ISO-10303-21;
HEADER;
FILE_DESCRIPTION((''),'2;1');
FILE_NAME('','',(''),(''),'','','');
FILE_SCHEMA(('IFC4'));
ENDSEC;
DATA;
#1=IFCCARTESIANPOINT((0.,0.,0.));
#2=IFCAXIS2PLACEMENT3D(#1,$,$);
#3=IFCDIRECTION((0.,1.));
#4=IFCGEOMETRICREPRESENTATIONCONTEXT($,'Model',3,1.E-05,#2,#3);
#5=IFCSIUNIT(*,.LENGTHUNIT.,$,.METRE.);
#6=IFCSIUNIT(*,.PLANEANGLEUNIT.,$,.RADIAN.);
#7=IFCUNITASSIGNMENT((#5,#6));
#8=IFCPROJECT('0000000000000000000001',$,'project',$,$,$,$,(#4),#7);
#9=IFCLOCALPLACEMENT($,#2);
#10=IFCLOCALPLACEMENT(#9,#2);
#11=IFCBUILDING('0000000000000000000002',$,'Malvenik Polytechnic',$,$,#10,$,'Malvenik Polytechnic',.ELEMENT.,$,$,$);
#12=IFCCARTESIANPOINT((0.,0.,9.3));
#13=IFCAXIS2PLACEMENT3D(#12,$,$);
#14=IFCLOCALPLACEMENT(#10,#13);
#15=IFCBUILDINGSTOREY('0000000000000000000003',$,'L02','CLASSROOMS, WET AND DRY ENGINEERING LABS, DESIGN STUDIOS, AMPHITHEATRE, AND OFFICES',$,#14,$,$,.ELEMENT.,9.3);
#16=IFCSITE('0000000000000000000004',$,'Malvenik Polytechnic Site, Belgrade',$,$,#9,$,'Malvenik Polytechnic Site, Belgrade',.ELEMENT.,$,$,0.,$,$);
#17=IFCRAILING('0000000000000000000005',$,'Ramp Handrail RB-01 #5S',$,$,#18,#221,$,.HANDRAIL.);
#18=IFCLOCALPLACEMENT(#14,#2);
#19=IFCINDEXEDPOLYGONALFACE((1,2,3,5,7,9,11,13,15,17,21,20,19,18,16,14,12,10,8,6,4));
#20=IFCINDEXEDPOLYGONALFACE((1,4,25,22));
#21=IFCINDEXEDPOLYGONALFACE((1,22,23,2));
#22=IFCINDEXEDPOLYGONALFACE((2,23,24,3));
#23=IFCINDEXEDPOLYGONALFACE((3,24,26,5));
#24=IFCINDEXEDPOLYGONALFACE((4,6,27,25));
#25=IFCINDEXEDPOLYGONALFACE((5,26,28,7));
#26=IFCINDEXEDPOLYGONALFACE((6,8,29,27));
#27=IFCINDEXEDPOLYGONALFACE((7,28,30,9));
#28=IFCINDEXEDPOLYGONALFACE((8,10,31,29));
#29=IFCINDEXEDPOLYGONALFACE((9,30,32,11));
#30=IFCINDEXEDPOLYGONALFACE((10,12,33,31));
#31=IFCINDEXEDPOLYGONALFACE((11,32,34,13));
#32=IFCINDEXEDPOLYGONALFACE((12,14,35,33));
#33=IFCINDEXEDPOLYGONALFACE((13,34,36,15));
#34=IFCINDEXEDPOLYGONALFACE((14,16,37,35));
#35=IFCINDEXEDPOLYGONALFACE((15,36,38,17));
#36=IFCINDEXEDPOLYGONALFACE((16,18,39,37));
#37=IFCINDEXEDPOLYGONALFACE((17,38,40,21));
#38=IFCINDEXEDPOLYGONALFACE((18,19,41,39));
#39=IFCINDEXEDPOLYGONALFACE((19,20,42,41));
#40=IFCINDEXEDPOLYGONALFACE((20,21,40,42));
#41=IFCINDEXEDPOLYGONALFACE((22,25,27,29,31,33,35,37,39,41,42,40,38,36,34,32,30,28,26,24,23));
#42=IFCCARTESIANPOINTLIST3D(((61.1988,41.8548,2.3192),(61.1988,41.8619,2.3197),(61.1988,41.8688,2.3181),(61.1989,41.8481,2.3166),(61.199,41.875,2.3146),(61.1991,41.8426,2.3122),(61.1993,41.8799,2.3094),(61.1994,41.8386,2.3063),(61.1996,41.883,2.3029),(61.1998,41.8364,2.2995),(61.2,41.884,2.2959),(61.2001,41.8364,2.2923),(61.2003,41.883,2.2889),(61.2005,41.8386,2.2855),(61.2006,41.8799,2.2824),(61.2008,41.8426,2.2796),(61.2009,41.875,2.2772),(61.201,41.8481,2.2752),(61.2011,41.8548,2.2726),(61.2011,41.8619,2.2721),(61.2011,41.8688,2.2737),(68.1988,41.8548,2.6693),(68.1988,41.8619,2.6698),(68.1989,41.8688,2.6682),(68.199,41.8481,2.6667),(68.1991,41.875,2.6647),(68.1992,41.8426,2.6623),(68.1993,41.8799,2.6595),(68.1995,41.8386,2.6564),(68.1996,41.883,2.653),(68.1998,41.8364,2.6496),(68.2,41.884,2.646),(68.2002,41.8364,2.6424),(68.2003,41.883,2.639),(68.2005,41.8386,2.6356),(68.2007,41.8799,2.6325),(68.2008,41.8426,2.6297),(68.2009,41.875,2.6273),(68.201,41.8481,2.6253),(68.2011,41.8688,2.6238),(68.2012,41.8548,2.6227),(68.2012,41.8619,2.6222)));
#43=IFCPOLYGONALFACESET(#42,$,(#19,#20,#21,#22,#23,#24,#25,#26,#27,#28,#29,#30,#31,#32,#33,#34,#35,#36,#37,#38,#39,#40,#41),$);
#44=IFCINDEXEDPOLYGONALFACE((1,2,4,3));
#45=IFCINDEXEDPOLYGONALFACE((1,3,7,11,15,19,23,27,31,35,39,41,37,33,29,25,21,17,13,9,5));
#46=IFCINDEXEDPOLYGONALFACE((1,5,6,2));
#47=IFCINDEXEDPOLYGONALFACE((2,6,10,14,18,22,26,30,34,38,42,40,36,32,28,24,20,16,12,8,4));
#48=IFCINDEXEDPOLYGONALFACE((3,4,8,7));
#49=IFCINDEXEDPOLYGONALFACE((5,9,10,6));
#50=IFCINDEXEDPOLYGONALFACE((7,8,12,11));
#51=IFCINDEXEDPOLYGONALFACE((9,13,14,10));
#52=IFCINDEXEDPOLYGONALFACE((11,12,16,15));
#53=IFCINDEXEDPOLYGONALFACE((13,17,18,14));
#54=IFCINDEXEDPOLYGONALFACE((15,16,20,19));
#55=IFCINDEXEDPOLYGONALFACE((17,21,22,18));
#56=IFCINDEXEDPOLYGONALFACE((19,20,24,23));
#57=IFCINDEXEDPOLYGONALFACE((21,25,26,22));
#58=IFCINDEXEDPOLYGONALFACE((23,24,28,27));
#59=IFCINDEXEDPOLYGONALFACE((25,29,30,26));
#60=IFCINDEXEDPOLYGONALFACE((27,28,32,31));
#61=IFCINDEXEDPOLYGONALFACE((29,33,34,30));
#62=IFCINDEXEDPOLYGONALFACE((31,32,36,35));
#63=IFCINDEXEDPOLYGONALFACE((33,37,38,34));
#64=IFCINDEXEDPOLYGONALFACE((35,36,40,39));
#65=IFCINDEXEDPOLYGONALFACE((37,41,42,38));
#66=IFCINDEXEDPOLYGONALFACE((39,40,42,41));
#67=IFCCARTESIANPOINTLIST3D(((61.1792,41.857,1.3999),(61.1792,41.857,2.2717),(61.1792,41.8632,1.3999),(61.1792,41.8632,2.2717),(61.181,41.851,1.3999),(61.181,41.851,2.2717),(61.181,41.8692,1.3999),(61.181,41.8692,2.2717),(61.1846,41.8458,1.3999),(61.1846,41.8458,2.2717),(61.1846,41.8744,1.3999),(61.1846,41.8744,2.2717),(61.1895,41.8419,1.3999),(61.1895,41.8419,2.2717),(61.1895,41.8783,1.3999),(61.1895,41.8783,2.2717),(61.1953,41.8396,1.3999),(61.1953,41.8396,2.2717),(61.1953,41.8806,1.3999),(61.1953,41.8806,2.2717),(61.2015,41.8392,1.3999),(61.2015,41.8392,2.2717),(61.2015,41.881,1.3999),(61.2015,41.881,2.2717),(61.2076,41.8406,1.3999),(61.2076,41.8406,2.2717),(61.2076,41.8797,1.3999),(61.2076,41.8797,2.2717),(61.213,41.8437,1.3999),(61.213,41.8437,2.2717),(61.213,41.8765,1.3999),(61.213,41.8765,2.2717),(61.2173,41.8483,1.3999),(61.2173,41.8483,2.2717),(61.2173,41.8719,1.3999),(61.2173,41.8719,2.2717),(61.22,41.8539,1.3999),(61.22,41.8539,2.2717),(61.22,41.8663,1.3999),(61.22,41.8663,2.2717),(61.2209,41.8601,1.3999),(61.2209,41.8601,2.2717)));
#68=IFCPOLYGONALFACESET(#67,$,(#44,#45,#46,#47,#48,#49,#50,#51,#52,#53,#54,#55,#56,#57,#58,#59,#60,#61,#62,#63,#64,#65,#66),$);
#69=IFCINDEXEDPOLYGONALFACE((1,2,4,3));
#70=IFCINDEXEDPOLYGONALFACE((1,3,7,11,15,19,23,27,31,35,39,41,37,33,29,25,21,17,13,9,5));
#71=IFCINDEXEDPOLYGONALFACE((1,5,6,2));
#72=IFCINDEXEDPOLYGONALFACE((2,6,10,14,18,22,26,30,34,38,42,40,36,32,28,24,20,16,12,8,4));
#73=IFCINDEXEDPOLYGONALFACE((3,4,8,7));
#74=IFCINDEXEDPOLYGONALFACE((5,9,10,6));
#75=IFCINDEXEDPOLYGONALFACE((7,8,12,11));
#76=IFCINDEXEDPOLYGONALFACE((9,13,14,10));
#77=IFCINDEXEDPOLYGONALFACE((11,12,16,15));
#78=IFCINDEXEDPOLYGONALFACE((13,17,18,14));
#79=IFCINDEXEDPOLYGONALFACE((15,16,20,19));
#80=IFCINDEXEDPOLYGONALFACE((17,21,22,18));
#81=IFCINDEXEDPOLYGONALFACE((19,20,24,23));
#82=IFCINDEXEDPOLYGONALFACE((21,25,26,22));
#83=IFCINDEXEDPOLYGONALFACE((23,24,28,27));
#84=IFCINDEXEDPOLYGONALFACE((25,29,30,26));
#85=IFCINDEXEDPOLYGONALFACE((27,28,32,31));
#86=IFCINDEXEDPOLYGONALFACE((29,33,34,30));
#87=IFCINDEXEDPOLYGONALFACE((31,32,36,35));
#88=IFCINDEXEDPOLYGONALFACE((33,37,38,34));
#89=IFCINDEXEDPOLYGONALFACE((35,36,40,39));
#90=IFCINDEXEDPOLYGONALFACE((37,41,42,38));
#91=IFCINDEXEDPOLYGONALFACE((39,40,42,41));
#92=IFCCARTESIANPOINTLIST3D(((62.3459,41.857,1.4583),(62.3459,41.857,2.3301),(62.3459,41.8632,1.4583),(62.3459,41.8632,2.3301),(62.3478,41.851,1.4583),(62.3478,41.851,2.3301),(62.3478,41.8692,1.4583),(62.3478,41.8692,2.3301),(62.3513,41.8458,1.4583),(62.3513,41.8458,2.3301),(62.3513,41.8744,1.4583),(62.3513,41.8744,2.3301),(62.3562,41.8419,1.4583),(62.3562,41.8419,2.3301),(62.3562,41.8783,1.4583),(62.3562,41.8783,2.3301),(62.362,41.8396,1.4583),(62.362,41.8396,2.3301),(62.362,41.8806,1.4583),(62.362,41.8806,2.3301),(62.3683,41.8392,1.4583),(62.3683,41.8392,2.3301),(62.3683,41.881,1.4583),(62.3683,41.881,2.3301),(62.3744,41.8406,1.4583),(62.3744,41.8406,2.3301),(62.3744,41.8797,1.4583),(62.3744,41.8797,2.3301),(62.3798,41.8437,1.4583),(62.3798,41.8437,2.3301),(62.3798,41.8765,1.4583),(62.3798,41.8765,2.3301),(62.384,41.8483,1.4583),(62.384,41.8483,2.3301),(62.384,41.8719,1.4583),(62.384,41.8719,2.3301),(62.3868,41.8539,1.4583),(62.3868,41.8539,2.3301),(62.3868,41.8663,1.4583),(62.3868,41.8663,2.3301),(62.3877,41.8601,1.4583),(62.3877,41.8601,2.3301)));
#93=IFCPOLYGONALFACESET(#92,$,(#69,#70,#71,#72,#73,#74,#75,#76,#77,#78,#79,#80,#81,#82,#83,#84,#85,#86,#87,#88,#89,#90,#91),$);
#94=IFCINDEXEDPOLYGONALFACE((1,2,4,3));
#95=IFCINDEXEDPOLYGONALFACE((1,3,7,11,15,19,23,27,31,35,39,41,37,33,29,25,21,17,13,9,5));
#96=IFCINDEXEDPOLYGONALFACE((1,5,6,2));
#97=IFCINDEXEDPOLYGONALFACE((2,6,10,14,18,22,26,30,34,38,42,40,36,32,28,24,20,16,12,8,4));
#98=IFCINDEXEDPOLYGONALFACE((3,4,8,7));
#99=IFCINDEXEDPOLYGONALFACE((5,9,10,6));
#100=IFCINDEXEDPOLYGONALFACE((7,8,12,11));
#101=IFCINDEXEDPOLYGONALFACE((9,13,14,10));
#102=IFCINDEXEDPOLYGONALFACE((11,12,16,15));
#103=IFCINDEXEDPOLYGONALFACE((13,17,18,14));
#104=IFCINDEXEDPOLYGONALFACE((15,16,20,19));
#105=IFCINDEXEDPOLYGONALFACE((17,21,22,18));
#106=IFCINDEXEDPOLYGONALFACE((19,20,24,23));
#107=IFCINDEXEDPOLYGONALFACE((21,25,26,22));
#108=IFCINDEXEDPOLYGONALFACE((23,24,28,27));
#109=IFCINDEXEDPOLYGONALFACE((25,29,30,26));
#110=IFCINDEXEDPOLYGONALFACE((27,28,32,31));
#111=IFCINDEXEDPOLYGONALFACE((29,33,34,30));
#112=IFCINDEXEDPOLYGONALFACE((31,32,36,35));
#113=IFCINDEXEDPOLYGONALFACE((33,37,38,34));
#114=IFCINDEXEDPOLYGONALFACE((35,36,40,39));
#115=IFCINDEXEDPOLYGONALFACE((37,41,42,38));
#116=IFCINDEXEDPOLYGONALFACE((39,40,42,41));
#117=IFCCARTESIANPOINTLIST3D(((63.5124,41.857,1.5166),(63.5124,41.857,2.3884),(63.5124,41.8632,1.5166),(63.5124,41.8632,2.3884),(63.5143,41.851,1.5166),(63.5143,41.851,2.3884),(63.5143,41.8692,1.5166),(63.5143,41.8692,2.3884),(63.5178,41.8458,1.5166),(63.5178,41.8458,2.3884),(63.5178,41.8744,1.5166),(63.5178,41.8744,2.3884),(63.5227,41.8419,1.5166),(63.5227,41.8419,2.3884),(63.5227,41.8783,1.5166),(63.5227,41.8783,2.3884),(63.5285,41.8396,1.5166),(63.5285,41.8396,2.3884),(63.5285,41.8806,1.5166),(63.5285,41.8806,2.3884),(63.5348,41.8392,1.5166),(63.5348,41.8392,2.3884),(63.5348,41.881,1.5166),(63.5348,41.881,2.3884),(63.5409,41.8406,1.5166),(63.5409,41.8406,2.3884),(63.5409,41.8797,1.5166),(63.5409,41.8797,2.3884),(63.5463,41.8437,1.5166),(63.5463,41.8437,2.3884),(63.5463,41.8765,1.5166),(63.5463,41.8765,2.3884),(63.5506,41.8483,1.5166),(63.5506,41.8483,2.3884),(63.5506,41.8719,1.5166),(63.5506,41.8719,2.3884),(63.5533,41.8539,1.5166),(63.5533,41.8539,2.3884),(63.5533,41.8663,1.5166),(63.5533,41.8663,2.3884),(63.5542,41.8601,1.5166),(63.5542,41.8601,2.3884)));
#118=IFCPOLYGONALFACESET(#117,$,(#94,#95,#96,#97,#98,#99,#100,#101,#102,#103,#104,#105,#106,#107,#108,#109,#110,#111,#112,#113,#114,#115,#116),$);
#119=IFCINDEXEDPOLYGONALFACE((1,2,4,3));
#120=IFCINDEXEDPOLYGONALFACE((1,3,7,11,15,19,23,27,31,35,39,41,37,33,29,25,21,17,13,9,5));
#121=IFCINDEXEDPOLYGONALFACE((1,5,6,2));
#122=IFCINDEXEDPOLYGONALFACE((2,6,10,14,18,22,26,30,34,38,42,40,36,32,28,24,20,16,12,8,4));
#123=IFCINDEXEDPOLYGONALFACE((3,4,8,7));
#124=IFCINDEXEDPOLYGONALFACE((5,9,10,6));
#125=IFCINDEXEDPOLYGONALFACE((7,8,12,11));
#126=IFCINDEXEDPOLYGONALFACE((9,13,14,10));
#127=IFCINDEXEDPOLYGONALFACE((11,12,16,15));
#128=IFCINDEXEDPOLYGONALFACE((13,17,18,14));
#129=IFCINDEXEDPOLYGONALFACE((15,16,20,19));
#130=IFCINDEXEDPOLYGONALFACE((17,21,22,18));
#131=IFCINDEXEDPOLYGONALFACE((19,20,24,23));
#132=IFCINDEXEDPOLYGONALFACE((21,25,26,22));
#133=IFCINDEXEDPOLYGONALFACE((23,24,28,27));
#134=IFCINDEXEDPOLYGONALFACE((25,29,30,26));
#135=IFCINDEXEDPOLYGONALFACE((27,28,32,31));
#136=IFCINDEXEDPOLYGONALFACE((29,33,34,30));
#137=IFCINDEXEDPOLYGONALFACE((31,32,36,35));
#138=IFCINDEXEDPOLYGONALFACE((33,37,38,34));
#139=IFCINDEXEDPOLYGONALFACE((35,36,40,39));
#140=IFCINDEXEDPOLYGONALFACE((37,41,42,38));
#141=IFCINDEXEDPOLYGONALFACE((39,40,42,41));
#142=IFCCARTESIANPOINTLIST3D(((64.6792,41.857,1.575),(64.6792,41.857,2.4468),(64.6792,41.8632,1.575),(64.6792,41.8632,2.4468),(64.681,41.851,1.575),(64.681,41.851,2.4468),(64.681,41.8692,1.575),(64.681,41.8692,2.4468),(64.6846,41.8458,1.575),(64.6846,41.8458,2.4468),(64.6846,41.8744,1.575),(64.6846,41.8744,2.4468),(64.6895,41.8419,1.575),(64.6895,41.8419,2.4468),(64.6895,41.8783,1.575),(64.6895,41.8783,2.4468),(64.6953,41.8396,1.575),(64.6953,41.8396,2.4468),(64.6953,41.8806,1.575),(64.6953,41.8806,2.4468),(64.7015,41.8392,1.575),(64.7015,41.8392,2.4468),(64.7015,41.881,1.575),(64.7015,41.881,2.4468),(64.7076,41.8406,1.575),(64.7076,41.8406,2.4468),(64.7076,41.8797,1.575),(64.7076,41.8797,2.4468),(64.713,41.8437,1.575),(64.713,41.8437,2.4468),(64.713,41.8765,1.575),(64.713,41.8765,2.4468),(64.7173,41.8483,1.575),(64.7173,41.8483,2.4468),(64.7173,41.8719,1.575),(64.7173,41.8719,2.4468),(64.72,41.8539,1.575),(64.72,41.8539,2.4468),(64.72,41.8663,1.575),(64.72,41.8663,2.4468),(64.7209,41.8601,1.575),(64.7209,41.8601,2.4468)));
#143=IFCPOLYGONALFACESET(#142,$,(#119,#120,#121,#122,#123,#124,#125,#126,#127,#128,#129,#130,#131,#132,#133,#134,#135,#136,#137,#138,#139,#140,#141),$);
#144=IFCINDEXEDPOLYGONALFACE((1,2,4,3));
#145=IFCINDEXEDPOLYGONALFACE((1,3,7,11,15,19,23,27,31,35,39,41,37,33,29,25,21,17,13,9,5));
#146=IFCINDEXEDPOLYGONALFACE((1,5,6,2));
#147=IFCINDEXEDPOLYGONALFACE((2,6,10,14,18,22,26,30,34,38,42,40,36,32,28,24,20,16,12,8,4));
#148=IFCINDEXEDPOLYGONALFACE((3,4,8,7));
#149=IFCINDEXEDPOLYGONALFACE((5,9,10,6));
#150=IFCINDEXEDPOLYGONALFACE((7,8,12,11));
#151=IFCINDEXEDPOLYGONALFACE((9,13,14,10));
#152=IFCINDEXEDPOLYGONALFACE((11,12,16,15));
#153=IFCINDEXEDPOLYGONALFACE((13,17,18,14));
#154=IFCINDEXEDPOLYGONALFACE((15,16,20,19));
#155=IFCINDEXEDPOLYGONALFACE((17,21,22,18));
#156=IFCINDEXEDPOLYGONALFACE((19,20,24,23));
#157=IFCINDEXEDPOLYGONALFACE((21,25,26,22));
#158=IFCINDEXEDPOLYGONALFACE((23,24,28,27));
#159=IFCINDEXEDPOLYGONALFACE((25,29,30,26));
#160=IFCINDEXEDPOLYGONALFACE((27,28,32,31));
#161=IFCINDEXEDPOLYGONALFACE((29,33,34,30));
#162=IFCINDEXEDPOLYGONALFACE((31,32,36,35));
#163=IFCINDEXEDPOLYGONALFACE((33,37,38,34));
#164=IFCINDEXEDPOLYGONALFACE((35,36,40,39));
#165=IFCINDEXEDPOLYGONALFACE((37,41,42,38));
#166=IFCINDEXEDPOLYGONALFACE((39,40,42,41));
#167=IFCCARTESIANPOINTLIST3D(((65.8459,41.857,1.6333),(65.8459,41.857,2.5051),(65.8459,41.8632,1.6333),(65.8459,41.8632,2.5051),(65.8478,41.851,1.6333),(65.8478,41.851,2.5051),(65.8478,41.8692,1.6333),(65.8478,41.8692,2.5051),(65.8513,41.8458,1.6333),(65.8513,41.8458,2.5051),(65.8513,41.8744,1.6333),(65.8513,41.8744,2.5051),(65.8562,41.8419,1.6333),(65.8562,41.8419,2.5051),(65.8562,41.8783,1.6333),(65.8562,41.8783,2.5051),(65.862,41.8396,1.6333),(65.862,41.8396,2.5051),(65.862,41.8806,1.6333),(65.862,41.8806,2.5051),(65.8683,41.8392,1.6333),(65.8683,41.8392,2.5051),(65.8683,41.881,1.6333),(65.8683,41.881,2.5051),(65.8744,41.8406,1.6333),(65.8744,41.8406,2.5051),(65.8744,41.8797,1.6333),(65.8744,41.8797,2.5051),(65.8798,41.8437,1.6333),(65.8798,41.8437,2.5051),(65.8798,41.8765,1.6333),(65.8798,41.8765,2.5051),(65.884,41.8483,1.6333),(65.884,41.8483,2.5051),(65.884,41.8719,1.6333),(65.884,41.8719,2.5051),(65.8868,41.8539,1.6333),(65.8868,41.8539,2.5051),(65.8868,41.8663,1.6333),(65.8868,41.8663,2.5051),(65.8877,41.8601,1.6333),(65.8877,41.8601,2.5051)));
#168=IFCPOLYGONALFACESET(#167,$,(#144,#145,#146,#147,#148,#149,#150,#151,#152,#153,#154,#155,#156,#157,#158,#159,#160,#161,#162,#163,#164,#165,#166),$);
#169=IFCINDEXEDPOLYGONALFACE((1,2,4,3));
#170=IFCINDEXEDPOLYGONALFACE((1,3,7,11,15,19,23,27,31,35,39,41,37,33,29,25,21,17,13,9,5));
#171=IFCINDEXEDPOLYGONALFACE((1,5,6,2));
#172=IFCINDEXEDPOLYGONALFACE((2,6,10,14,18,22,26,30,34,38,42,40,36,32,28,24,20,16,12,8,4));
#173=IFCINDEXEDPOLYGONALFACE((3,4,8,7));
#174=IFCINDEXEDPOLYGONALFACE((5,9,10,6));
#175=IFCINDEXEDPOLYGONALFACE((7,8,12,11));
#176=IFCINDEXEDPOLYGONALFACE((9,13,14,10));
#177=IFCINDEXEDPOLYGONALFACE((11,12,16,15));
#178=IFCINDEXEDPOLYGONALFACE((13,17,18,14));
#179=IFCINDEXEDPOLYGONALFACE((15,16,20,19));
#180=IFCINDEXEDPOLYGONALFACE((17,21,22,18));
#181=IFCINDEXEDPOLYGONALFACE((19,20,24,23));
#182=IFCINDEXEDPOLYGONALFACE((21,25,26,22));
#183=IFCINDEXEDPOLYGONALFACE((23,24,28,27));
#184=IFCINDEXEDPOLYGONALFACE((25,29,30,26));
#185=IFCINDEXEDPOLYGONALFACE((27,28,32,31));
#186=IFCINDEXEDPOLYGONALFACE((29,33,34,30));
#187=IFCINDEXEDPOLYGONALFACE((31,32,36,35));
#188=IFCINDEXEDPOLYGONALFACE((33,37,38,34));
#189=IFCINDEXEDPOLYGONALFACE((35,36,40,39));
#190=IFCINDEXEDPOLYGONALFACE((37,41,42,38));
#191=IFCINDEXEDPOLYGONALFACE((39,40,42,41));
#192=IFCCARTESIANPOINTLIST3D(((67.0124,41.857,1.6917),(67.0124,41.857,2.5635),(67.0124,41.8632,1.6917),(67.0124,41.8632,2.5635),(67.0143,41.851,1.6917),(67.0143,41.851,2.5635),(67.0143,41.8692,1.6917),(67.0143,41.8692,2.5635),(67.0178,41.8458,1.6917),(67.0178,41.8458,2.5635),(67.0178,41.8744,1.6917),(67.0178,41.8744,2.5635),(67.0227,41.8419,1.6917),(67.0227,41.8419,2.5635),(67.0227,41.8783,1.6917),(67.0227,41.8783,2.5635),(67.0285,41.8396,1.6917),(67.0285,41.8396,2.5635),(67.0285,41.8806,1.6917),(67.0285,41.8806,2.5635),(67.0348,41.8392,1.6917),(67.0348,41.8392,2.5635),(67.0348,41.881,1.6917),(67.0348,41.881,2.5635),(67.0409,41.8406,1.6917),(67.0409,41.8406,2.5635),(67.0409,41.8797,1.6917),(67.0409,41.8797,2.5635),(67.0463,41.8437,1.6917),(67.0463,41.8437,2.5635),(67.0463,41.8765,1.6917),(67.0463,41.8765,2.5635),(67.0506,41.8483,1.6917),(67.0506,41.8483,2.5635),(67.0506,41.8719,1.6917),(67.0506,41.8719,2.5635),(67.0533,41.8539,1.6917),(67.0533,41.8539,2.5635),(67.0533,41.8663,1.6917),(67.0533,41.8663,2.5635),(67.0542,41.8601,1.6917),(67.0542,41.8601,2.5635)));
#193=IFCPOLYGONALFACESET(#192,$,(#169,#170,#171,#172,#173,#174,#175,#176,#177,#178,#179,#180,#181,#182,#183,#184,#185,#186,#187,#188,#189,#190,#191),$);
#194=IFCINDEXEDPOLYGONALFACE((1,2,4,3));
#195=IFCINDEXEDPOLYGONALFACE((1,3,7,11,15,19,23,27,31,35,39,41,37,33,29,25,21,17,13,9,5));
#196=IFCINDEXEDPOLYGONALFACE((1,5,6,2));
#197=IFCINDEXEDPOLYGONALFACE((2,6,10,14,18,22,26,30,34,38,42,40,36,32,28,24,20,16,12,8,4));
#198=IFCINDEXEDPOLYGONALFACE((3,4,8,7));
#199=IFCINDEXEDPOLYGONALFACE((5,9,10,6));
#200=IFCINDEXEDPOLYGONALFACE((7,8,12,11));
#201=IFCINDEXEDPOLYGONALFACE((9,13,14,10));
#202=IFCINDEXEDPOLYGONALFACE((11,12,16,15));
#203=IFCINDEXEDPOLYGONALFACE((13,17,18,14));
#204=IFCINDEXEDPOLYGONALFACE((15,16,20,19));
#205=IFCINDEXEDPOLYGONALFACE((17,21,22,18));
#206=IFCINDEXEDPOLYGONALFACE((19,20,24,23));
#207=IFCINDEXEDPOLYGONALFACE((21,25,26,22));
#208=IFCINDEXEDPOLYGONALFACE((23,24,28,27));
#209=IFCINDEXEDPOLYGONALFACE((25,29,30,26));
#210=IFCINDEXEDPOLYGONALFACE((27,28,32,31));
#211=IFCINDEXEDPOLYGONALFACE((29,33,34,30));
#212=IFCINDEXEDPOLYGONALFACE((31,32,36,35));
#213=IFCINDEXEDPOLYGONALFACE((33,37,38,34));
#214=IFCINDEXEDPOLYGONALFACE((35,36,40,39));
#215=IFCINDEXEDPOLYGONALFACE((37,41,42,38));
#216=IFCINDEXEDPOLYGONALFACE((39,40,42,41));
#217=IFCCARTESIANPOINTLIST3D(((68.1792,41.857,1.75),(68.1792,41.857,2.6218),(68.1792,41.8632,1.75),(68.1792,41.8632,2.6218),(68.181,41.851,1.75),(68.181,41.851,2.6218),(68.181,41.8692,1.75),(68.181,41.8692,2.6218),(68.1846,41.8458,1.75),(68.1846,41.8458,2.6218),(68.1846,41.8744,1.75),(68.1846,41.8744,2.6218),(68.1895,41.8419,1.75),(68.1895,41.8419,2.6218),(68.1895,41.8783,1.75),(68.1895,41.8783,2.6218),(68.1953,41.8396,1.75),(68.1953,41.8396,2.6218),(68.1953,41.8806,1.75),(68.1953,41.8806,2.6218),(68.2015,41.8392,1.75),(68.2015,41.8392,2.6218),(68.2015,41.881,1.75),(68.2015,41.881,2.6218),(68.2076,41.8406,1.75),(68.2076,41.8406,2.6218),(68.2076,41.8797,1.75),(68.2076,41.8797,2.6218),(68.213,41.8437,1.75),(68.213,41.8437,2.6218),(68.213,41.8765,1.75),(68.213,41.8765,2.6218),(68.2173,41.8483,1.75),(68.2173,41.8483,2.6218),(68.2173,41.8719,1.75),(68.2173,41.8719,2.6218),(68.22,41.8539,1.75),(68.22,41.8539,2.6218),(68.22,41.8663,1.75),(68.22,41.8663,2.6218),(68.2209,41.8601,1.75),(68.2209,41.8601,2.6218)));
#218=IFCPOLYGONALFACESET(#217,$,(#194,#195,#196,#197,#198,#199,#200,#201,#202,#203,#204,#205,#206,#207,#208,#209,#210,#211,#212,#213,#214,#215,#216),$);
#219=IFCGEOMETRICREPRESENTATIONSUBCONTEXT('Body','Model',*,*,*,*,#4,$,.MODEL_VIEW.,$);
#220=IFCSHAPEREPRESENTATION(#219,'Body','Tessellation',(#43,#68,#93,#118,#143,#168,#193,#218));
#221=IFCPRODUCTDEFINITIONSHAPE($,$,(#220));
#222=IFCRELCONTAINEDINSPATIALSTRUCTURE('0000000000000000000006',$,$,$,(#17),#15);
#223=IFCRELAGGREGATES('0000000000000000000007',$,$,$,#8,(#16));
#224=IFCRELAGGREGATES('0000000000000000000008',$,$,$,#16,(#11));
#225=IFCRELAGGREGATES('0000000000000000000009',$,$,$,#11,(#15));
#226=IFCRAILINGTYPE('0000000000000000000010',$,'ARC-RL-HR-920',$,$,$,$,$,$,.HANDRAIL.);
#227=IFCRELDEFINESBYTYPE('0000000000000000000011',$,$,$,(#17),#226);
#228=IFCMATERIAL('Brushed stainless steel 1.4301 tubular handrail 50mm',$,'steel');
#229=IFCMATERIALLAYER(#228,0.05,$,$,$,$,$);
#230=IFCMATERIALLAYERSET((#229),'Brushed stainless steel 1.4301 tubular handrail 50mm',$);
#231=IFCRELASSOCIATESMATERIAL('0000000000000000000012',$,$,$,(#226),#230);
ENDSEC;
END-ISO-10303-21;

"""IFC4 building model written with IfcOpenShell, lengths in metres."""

from ifc_helpers import new_model, si_unit, direction, frame, origin, origin_2d, place, context, subcontext, project, spatial, circle, extrude, material, layer, layer_set, type_object, element, save


model = new_model("IFC4")

# Units and contexts
model_context = context("Model", 3, precision=1e-05, world=origin(), true_north=direction((0.0, 1.0)))
body_context = subcontext(model_context, "Body", "Model", "MODEL_VIEW")
ifc_project = project(units=[si_unit("LENGTHUNIT", "METRE"), si_unit("PLANEANGLEUNIT", "RADIAN")], contexts=[model_context])

# Site, building, storey
site_placement = place(None, origin())
site = spatial("IfcSite", under=ifc_project, at=site_placement, Name="Malvenik Polytechnic Site, Belgrade", LongName="Malvenik Polytechnic Site, Belgrade", CompositionType="ELEMENT", RefElevation=0.0)
building_placement = place(site_placement, origin())
building = spatial("IfcBuilding", under=site, at=building_placement, Name="Malvenik Polytechnic", LongName="Malvenik Polytechnic", CompositionType="ELEMENT")
storey_placement = place(building_placement, frame((0.0, 0.0, 9.3)))
storey = spatial("IfcBuildingStorey", under=building, at=storey_placement, Name="L02", Description="CLASSROOMS, WET AND DRY ENGINEERING LABS, DESIGN STUDIOS, AMPHITHEATRE, AND OFFICES", CompositionType="ELEMENT", Elevation=9.3)

# Railing
ifc_material_1 = material(Name="Brushed stainless steel 1.4301 tubular handrail 50mm", Category="steel")
ifc_layer_1 = layer(ifc_material_1, 0.05)
ifc_layer_set_1 = layer_set([ifc_layer_1], Name="Brushed stainless steel 1.4301 tubular handrail 50mm")
railing_type_1 = type_object("IfcRailingType", Name="ARC-RL-HR-920", PredefinedType="HANDRAIL", material=ifc_layer_set_1)
railing_1_placement = place(storey_placement, frame((61.2, 41.8601, 1.3999)))
element("IfcRailing", 1, at=railing_1_placement, inside=storey, type_object=railing_type_1, Name="Ramp Handrail RB-01 #5S", PredefinedType="HANDRAIL", context=body_context, shape_type="SweptSolid", body=[
    extrude(circle(Radius=0.0239, at=origin_2d()), frame((0.0, 0.0, 0.896), z_axis=(0.998752, 0.0, 0.049952), x_axis=(0.0, 1.0, 0.0)), (0.0, 0.0, 1.0), 7.0088),
    extrude(circle(Radius=0.021, at=origin_2d()), origin(), (0.0, 0.0, 1.0), 0.8718),
    extrude(circle(Radius=0.021, at=origin_2d()), frame((1.1667, 0.0, 0.0583)), (0.0, 0.0, 1.0), 0.8718),
    extrude(circle(Radius=0.021, at=origin_2d()), frame((2.3333, 0.0, 0.1167)), (0.0, 0.0, 1.0), 0.8718),
    extrude(circle(Radius=0.021, at=origin_2d()), frame((3.5, 0.0, 0.175)), (0.0, 0.0, 1.0), 0.8718),
    extrude(circle(Radius=0.021, at=origin_2d()), frame((4.6667, 0.0, 0.2334)), (0.0, 0.0, 1.0), 0.8718),
    extrude(circle(Radius=0.021, at=origin_2d()), frame((5.8333, 0.0, 0.2917)), (0.0, 0.0, 1.0), 0.8718),
    extrude(circle(Radius=0.021, at=origin_2d()), frame((7.0, 0.0, 0.3501)), (0.0, 0.0, 1.0), 0.8718),
])

save(model, "model.ifc")
